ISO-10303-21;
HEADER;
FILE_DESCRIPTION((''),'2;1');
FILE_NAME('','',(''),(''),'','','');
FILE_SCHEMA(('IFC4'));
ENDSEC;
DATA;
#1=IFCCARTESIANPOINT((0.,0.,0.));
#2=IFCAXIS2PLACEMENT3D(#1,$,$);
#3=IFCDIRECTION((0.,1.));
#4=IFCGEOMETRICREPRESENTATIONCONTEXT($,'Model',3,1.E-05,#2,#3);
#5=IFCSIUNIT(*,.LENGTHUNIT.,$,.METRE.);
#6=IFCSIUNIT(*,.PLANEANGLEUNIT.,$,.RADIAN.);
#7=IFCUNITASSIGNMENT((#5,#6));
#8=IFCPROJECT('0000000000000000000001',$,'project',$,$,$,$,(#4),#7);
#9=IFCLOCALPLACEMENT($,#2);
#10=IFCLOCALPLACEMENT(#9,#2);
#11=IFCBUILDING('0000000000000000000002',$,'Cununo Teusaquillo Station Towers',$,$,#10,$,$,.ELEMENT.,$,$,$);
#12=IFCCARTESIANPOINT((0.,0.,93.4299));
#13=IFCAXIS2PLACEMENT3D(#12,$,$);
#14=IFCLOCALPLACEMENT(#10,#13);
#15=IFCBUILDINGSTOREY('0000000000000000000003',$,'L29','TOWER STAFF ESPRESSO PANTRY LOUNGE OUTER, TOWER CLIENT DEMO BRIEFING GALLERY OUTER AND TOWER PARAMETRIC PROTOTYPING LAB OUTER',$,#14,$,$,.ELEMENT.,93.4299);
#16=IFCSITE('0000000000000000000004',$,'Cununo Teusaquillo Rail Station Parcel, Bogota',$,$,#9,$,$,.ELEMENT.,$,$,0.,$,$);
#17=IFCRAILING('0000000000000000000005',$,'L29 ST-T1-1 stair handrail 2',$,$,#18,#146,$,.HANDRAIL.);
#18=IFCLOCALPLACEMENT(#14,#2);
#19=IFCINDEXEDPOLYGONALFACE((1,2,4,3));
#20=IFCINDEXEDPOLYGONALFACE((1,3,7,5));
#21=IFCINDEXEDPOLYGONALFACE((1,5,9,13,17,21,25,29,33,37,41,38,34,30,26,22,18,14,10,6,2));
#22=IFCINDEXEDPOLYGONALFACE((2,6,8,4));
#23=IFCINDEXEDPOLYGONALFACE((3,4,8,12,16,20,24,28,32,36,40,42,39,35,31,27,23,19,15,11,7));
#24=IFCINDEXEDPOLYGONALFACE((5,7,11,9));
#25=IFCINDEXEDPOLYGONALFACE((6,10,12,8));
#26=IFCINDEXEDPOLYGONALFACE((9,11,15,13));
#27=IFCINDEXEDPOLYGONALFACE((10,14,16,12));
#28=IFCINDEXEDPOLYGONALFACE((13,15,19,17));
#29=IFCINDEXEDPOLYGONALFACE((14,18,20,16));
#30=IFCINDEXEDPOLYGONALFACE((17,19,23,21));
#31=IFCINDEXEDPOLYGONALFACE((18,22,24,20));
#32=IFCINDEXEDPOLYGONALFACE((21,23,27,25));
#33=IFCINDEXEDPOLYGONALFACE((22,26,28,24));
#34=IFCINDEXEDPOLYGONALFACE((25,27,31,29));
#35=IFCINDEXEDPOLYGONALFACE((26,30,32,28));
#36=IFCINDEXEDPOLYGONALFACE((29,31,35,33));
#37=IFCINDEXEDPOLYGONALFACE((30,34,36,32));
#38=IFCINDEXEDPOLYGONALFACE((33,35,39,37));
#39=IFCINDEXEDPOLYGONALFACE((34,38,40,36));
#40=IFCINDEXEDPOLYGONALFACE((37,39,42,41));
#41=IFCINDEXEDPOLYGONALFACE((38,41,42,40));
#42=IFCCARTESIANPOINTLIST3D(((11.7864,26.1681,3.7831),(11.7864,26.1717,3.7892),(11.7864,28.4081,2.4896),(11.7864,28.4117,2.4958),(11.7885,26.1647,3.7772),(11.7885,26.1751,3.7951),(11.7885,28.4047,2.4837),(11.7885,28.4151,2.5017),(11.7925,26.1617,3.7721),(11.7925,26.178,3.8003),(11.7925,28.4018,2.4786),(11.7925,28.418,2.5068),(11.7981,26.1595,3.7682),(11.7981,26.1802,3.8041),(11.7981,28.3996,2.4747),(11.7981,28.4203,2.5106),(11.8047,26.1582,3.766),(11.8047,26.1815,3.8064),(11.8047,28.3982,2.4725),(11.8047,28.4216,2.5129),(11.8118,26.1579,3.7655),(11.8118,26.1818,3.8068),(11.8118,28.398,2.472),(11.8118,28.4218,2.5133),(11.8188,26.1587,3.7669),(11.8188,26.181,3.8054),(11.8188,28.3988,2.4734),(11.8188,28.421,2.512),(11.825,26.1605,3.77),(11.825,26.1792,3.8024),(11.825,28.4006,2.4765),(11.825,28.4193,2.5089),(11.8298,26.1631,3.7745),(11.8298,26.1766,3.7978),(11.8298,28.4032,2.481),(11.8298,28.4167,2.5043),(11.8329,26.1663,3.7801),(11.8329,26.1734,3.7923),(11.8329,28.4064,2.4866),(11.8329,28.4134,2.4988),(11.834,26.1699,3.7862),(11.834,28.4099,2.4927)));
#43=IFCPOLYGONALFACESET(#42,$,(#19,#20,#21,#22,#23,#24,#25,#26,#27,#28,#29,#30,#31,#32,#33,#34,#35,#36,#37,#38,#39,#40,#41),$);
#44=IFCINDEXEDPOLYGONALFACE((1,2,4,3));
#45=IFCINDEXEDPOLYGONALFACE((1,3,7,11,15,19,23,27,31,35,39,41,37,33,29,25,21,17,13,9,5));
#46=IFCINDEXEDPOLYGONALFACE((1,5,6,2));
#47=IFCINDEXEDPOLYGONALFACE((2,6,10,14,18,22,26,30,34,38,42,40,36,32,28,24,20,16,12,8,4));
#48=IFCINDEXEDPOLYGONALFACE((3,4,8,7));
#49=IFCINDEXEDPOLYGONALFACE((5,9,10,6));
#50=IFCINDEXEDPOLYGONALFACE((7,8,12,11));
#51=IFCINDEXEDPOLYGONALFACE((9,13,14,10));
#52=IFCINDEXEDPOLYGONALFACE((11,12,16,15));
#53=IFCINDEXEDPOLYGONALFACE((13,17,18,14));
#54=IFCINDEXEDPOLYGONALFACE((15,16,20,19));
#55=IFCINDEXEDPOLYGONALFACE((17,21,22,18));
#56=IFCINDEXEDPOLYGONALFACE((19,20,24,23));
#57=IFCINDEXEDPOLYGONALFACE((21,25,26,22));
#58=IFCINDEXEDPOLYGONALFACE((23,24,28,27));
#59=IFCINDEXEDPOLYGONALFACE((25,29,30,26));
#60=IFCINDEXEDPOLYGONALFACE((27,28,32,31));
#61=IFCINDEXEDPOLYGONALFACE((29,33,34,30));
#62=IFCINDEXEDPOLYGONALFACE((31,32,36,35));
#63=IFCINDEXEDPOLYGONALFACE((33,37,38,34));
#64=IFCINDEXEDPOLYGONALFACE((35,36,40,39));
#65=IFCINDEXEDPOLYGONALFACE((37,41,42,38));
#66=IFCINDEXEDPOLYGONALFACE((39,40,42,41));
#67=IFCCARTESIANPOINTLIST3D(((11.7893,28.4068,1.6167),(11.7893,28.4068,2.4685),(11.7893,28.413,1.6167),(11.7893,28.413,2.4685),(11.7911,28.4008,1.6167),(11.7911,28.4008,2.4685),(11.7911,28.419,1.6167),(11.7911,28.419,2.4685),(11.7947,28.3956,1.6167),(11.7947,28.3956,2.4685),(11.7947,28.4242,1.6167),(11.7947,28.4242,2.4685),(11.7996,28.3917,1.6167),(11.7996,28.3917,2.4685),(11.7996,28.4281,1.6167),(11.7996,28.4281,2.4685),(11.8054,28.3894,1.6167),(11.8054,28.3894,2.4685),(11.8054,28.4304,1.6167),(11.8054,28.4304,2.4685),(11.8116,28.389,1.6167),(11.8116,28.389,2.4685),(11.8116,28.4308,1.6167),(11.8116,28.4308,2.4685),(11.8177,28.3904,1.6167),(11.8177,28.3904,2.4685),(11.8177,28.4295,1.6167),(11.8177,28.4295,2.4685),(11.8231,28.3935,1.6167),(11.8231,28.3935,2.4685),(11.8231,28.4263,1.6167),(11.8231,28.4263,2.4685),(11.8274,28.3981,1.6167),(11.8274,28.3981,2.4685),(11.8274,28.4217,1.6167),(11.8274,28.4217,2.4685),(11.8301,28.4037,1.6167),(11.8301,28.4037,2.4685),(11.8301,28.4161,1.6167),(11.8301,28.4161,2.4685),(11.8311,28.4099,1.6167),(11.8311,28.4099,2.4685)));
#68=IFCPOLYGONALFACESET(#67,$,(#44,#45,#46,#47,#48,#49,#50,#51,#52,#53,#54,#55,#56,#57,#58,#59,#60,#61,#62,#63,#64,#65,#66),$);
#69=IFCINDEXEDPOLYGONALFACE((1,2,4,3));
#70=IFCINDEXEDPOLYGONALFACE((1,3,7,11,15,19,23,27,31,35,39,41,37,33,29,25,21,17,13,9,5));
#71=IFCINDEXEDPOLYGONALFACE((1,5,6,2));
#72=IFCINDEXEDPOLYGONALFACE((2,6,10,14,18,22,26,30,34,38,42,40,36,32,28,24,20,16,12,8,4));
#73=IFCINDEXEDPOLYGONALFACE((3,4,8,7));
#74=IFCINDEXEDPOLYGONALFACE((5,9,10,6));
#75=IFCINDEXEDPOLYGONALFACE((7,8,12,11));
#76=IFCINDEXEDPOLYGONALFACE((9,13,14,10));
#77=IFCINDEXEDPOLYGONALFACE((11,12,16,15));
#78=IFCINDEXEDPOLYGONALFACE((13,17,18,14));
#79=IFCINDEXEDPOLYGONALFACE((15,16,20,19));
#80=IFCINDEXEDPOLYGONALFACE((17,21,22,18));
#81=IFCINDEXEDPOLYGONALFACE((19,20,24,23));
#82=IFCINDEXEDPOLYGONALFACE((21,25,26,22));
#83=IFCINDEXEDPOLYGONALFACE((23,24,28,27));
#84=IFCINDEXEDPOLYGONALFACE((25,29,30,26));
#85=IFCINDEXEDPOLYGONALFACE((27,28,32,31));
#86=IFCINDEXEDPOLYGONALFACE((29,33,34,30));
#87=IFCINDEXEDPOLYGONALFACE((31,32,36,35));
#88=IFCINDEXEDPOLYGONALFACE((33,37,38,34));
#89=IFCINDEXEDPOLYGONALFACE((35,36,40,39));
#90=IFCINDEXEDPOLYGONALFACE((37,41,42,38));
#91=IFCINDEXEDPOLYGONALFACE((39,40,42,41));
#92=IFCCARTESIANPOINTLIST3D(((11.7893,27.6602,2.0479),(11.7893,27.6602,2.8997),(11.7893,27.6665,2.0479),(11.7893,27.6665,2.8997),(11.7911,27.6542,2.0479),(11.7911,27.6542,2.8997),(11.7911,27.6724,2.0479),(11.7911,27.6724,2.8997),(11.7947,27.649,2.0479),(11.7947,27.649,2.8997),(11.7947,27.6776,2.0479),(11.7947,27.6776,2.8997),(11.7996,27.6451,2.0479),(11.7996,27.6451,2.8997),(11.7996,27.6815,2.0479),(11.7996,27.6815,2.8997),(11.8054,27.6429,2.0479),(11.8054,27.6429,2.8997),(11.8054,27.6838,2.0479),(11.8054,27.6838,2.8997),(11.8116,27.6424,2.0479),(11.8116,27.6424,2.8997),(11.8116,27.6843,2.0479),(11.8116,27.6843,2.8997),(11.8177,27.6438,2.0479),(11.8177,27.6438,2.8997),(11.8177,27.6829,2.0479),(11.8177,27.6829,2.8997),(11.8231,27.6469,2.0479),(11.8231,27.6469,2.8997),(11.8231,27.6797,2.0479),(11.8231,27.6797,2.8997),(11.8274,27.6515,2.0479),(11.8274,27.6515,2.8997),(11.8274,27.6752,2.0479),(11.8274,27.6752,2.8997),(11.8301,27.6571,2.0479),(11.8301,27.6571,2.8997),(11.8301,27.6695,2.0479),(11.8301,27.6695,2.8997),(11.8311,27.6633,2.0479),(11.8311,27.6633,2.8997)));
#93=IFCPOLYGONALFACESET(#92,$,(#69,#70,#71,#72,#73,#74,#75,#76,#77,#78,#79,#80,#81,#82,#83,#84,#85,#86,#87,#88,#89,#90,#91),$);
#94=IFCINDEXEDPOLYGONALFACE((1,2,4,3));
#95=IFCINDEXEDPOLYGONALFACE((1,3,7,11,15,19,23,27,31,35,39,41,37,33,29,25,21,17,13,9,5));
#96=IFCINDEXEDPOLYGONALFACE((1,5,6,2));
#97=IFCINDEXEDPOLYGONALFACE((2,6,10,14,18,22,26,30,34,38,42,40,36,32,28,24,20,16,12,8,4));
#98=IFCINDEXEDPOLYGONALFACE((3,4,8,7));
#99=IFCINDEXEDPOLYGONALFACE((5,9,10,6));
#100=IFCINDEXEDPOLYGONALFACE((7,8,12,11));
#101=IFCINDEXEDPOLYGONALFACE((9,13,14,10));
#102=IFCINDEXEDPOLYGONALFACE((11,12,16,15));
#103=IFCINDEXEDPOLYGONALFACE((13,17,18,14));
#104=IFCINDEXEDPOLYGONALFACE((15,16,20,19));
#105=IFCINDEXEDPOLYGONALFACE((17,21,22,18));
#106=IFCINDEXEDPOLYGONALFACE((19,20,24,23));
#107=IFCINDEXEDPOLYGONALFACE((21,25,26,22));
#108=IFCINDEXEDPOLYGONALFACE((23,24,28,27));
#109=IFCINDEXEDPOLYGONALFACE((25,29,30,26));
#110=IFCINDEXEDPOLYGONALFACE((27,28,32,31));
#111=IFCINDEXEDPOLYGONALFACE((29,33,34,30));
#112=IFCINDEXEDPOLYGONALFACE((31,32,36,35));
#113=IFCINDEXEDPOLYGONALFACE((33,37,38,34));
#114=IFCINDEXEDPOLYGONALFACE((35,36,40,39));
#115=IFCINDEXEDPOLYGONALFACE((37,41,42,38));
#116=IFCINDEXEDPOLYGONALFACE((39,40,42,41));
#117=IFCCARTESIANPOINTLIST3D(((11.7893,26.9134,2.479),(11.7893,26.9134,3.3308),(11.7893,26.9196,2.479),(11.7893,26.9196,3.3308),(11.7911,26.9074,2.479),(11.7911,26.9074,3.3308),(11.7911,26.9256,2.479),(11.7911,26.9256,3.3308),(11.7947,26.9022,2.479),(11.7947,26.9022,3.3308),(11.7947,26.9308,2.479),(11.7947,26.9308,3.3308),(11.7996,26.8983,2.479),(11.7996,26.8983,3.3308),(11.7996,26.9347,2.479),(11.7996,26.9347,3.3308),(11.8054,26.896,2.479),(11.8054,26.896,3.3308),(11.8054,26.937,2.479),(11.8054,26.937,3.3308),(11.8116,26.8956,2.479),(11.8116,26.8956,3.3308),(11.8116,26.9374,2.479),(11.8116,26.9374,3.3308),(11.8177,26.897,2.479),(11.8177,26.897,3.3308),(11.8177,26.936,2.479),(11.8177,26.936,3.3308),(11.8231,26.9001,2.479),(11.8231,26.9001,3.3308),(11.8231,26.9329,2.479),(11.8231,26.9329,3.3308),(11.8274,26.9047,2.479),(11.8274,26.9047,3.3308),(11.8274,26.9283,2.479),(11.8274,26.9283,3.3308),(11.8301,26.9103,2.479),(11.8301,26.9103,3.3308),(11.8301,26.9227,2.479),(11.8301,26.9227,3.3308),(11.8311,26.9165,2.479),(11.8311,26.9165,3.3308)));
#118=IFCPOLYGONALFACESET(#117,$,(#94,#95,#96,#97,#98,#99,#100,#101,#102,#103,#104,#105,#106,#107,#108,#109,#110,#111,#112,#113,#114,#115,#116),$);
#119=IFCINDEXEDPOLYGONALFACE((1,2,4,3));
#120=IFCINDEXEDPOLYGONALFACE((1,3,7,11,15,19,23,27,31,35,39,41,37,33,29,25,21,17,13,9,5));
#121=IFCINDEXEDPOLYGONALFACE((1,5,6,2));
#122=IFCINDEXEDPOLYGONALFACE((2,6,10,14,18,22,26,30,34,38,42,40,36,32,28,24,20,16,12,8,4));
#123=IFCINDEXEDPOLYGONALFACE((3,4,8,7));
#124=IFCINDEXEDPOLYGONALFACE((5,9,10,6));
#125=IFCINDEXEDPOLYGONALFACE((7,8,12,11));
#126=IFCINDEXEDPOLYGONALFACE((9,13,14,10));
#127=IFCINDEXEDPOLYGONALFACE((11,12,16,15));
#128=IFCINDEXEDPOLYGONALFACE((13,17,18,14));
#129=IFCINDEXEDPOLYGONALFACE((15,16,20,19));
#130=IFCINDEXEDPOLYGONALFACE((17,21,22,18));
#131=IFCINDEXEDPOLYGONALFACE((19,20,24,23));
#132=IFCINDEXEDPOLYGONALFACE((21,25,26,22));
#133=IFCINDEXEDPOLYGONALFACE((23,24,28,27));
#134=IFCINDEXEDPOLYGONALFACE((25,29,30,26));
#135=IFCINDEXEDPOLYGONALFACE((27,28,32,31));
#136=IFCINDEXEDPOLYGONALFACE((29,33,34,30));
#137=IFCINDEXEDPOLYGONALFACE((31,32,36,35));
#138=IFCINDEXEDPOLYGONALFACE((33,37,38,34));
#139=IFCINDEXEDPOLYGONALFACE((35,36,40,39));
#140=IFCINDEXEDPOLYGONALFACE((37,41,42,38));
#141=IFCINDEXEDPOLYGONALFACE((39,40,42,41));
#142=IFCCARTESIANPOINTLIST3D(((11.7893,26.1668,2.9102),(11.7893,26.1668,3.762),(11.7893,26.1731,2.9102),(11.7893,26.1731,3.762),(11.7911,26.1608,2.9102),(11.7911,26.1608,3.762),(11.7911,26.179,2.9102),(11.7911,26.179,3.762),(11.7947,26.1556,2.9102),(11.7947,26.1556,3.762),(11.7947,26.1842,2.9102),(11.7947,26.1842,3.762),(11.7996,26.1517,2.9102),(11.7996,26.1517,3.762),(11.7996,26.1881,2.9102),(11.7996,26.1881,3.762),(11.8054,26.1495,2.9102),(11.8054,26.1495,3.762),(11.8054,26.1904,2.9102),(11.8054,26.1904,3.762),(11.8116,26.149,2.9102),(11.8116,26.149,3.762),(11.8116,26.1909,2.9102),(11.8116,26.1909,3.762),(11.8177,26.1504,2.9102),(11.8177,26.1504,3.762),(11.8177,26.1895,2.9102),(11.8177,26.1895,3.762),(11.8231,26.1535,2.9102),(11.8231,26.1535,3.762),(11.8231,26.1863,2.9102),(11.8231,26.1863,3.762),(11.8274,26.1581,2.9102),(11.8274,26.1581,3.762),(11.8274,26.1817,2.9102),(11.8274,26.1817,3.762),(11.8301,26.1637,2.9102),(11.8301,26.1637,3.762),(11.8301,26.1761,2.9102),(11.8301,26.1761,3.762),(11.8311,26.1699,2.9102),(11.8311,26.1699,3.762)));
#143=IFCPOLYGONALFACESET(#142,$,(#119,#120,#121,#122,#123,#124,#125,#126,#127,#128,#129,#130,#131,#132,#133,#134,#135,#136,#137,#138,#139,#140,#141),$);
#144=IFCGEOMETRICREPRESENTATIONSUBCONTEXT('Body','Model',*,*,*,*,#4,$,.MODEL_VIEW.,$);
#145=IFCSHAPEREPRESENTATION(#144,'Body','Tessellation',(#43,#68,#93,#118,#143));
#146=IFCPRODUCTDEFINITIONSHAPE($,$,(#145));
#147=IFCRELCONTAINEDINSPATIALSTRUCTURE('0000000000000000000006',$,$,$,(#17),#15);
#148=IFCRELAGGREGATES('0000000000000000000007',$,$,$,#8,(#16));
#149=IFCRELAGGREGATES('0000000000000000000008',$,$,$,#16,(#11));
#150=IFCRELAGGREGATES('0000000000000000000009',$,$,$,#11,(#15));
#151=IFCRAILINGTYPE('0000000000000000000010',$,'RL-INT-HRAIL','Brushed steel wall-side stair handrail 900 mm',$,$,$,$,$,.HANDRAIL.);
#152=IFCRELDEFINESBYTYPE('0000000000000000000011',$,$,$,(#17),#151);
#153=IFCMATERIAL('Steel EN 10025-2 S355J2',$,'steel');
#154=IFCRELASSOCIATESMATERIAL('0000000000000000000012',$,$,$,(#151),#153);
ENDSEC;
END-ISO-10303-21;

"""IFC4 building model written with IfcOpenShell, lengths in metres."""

from ifc_helpers import new_model, si_unit, direction, frame, origin, origin_2d, place, context, subcontext, project, spatial, circle, extrude, material, type_object, element, save


model = new_model("IFC4")

# Units and contexts
model_context = context("Model", 3, precision=1e-05, world=origin(), true_north=direction((0.0, 1.0)))
body_context = subcontext(model_context, "Body", "Model", "MODEL_VIEW")
ifc_project = project(units=[si_unit("LENGTHUNIT", "METRE"), si_unit("PLANEANGLEUNIT", "RADIAN")], contexts=[model_context])

# Site, building, storey
site_placement = place(None, origin())
site = spatial("IfcSite", under=ifc_project, at=site_placement, Name="Cununo Teusaquillo Rail Station Parcel, Bogota", CompositionType="ELEMENT", RefElevation=0.0)
building_placement = place(site_placement, origin())
building = spatial("IfcBuilding", under=site, at=building_placement, Name="Cununo Teusaquillo Station Towers", CompositionType="ELEMENT")
storey_placement = place(building_placement, frame((0.0, 0.0, 93.4299)))
storey = spatial("IfcBuildingStorey", under=building, at=storey_placement, Name="L29", Description="TOWER STAFF ESPRESSO PANTRY LOUNGE OUTER, TOWER CLIENT DEMO BRIEFING GALLERY OUTER AND TOWER PARAMETRIC PROTOTYPING LAB OUTER", CompositionType="ELEMENT", Elevation=93.4299)

# Railing
ifc_material_1 = material(Name="Steel EN 10025-2 S355J2", Category="steel")
railing_type_1 = type_object("IfcRailingType", Name="RL-INT-HRAIL", Description="Brushed steel wall-side stair handrail 900 mm", PredefinedType="HANDRAIL", material=ifc_material_1)
railing_1_placement = place(storey_placement, frame((11.8101, 28.4099, 1.6167)))
element("IfcRailing", 1, at=railing_1_placement, inside=storey, type_object=railing_type_1, Name="L29 ST-T1-1 stair handrail 2", PredefinedType="HANDRAIL", context=body_context, shape_type="SweptSolid", body=[
    extrude(circle(Radius=0.0239, at=origin_2d()), frame((0.0, 0.0, 0.876), z_axis=(0.0, -0.865992, 0.500057), x_axis=(1.0, 0.0, 0.0)), (0.0, 0.0, 1.0), 2.5867),
    extrude(circle(Radius=0.021, at=origin_2d()), origin(), (0.0, 0.0, 1.0), 0.8518),
    extrude(circle(Radius=0.021, at=origin_2d()), frame((0.0, -0.7466, 0.4312)), (0.0, 0.0, 1.0), 0.8518),
    extrude(circle(Radius=0.021, at=origin_2d()), frame((0.0, -1.4934, 0.8623)), (0.0, 0.0, 1.0), 0.8518),
    extrude(circle(Radius=0.021, at=origin_2d()), frame((0.0, -2.24, 1.2935)), (0.0, 0.0, 1.0), 0.8518),
])

save(model, "model.ifc")
